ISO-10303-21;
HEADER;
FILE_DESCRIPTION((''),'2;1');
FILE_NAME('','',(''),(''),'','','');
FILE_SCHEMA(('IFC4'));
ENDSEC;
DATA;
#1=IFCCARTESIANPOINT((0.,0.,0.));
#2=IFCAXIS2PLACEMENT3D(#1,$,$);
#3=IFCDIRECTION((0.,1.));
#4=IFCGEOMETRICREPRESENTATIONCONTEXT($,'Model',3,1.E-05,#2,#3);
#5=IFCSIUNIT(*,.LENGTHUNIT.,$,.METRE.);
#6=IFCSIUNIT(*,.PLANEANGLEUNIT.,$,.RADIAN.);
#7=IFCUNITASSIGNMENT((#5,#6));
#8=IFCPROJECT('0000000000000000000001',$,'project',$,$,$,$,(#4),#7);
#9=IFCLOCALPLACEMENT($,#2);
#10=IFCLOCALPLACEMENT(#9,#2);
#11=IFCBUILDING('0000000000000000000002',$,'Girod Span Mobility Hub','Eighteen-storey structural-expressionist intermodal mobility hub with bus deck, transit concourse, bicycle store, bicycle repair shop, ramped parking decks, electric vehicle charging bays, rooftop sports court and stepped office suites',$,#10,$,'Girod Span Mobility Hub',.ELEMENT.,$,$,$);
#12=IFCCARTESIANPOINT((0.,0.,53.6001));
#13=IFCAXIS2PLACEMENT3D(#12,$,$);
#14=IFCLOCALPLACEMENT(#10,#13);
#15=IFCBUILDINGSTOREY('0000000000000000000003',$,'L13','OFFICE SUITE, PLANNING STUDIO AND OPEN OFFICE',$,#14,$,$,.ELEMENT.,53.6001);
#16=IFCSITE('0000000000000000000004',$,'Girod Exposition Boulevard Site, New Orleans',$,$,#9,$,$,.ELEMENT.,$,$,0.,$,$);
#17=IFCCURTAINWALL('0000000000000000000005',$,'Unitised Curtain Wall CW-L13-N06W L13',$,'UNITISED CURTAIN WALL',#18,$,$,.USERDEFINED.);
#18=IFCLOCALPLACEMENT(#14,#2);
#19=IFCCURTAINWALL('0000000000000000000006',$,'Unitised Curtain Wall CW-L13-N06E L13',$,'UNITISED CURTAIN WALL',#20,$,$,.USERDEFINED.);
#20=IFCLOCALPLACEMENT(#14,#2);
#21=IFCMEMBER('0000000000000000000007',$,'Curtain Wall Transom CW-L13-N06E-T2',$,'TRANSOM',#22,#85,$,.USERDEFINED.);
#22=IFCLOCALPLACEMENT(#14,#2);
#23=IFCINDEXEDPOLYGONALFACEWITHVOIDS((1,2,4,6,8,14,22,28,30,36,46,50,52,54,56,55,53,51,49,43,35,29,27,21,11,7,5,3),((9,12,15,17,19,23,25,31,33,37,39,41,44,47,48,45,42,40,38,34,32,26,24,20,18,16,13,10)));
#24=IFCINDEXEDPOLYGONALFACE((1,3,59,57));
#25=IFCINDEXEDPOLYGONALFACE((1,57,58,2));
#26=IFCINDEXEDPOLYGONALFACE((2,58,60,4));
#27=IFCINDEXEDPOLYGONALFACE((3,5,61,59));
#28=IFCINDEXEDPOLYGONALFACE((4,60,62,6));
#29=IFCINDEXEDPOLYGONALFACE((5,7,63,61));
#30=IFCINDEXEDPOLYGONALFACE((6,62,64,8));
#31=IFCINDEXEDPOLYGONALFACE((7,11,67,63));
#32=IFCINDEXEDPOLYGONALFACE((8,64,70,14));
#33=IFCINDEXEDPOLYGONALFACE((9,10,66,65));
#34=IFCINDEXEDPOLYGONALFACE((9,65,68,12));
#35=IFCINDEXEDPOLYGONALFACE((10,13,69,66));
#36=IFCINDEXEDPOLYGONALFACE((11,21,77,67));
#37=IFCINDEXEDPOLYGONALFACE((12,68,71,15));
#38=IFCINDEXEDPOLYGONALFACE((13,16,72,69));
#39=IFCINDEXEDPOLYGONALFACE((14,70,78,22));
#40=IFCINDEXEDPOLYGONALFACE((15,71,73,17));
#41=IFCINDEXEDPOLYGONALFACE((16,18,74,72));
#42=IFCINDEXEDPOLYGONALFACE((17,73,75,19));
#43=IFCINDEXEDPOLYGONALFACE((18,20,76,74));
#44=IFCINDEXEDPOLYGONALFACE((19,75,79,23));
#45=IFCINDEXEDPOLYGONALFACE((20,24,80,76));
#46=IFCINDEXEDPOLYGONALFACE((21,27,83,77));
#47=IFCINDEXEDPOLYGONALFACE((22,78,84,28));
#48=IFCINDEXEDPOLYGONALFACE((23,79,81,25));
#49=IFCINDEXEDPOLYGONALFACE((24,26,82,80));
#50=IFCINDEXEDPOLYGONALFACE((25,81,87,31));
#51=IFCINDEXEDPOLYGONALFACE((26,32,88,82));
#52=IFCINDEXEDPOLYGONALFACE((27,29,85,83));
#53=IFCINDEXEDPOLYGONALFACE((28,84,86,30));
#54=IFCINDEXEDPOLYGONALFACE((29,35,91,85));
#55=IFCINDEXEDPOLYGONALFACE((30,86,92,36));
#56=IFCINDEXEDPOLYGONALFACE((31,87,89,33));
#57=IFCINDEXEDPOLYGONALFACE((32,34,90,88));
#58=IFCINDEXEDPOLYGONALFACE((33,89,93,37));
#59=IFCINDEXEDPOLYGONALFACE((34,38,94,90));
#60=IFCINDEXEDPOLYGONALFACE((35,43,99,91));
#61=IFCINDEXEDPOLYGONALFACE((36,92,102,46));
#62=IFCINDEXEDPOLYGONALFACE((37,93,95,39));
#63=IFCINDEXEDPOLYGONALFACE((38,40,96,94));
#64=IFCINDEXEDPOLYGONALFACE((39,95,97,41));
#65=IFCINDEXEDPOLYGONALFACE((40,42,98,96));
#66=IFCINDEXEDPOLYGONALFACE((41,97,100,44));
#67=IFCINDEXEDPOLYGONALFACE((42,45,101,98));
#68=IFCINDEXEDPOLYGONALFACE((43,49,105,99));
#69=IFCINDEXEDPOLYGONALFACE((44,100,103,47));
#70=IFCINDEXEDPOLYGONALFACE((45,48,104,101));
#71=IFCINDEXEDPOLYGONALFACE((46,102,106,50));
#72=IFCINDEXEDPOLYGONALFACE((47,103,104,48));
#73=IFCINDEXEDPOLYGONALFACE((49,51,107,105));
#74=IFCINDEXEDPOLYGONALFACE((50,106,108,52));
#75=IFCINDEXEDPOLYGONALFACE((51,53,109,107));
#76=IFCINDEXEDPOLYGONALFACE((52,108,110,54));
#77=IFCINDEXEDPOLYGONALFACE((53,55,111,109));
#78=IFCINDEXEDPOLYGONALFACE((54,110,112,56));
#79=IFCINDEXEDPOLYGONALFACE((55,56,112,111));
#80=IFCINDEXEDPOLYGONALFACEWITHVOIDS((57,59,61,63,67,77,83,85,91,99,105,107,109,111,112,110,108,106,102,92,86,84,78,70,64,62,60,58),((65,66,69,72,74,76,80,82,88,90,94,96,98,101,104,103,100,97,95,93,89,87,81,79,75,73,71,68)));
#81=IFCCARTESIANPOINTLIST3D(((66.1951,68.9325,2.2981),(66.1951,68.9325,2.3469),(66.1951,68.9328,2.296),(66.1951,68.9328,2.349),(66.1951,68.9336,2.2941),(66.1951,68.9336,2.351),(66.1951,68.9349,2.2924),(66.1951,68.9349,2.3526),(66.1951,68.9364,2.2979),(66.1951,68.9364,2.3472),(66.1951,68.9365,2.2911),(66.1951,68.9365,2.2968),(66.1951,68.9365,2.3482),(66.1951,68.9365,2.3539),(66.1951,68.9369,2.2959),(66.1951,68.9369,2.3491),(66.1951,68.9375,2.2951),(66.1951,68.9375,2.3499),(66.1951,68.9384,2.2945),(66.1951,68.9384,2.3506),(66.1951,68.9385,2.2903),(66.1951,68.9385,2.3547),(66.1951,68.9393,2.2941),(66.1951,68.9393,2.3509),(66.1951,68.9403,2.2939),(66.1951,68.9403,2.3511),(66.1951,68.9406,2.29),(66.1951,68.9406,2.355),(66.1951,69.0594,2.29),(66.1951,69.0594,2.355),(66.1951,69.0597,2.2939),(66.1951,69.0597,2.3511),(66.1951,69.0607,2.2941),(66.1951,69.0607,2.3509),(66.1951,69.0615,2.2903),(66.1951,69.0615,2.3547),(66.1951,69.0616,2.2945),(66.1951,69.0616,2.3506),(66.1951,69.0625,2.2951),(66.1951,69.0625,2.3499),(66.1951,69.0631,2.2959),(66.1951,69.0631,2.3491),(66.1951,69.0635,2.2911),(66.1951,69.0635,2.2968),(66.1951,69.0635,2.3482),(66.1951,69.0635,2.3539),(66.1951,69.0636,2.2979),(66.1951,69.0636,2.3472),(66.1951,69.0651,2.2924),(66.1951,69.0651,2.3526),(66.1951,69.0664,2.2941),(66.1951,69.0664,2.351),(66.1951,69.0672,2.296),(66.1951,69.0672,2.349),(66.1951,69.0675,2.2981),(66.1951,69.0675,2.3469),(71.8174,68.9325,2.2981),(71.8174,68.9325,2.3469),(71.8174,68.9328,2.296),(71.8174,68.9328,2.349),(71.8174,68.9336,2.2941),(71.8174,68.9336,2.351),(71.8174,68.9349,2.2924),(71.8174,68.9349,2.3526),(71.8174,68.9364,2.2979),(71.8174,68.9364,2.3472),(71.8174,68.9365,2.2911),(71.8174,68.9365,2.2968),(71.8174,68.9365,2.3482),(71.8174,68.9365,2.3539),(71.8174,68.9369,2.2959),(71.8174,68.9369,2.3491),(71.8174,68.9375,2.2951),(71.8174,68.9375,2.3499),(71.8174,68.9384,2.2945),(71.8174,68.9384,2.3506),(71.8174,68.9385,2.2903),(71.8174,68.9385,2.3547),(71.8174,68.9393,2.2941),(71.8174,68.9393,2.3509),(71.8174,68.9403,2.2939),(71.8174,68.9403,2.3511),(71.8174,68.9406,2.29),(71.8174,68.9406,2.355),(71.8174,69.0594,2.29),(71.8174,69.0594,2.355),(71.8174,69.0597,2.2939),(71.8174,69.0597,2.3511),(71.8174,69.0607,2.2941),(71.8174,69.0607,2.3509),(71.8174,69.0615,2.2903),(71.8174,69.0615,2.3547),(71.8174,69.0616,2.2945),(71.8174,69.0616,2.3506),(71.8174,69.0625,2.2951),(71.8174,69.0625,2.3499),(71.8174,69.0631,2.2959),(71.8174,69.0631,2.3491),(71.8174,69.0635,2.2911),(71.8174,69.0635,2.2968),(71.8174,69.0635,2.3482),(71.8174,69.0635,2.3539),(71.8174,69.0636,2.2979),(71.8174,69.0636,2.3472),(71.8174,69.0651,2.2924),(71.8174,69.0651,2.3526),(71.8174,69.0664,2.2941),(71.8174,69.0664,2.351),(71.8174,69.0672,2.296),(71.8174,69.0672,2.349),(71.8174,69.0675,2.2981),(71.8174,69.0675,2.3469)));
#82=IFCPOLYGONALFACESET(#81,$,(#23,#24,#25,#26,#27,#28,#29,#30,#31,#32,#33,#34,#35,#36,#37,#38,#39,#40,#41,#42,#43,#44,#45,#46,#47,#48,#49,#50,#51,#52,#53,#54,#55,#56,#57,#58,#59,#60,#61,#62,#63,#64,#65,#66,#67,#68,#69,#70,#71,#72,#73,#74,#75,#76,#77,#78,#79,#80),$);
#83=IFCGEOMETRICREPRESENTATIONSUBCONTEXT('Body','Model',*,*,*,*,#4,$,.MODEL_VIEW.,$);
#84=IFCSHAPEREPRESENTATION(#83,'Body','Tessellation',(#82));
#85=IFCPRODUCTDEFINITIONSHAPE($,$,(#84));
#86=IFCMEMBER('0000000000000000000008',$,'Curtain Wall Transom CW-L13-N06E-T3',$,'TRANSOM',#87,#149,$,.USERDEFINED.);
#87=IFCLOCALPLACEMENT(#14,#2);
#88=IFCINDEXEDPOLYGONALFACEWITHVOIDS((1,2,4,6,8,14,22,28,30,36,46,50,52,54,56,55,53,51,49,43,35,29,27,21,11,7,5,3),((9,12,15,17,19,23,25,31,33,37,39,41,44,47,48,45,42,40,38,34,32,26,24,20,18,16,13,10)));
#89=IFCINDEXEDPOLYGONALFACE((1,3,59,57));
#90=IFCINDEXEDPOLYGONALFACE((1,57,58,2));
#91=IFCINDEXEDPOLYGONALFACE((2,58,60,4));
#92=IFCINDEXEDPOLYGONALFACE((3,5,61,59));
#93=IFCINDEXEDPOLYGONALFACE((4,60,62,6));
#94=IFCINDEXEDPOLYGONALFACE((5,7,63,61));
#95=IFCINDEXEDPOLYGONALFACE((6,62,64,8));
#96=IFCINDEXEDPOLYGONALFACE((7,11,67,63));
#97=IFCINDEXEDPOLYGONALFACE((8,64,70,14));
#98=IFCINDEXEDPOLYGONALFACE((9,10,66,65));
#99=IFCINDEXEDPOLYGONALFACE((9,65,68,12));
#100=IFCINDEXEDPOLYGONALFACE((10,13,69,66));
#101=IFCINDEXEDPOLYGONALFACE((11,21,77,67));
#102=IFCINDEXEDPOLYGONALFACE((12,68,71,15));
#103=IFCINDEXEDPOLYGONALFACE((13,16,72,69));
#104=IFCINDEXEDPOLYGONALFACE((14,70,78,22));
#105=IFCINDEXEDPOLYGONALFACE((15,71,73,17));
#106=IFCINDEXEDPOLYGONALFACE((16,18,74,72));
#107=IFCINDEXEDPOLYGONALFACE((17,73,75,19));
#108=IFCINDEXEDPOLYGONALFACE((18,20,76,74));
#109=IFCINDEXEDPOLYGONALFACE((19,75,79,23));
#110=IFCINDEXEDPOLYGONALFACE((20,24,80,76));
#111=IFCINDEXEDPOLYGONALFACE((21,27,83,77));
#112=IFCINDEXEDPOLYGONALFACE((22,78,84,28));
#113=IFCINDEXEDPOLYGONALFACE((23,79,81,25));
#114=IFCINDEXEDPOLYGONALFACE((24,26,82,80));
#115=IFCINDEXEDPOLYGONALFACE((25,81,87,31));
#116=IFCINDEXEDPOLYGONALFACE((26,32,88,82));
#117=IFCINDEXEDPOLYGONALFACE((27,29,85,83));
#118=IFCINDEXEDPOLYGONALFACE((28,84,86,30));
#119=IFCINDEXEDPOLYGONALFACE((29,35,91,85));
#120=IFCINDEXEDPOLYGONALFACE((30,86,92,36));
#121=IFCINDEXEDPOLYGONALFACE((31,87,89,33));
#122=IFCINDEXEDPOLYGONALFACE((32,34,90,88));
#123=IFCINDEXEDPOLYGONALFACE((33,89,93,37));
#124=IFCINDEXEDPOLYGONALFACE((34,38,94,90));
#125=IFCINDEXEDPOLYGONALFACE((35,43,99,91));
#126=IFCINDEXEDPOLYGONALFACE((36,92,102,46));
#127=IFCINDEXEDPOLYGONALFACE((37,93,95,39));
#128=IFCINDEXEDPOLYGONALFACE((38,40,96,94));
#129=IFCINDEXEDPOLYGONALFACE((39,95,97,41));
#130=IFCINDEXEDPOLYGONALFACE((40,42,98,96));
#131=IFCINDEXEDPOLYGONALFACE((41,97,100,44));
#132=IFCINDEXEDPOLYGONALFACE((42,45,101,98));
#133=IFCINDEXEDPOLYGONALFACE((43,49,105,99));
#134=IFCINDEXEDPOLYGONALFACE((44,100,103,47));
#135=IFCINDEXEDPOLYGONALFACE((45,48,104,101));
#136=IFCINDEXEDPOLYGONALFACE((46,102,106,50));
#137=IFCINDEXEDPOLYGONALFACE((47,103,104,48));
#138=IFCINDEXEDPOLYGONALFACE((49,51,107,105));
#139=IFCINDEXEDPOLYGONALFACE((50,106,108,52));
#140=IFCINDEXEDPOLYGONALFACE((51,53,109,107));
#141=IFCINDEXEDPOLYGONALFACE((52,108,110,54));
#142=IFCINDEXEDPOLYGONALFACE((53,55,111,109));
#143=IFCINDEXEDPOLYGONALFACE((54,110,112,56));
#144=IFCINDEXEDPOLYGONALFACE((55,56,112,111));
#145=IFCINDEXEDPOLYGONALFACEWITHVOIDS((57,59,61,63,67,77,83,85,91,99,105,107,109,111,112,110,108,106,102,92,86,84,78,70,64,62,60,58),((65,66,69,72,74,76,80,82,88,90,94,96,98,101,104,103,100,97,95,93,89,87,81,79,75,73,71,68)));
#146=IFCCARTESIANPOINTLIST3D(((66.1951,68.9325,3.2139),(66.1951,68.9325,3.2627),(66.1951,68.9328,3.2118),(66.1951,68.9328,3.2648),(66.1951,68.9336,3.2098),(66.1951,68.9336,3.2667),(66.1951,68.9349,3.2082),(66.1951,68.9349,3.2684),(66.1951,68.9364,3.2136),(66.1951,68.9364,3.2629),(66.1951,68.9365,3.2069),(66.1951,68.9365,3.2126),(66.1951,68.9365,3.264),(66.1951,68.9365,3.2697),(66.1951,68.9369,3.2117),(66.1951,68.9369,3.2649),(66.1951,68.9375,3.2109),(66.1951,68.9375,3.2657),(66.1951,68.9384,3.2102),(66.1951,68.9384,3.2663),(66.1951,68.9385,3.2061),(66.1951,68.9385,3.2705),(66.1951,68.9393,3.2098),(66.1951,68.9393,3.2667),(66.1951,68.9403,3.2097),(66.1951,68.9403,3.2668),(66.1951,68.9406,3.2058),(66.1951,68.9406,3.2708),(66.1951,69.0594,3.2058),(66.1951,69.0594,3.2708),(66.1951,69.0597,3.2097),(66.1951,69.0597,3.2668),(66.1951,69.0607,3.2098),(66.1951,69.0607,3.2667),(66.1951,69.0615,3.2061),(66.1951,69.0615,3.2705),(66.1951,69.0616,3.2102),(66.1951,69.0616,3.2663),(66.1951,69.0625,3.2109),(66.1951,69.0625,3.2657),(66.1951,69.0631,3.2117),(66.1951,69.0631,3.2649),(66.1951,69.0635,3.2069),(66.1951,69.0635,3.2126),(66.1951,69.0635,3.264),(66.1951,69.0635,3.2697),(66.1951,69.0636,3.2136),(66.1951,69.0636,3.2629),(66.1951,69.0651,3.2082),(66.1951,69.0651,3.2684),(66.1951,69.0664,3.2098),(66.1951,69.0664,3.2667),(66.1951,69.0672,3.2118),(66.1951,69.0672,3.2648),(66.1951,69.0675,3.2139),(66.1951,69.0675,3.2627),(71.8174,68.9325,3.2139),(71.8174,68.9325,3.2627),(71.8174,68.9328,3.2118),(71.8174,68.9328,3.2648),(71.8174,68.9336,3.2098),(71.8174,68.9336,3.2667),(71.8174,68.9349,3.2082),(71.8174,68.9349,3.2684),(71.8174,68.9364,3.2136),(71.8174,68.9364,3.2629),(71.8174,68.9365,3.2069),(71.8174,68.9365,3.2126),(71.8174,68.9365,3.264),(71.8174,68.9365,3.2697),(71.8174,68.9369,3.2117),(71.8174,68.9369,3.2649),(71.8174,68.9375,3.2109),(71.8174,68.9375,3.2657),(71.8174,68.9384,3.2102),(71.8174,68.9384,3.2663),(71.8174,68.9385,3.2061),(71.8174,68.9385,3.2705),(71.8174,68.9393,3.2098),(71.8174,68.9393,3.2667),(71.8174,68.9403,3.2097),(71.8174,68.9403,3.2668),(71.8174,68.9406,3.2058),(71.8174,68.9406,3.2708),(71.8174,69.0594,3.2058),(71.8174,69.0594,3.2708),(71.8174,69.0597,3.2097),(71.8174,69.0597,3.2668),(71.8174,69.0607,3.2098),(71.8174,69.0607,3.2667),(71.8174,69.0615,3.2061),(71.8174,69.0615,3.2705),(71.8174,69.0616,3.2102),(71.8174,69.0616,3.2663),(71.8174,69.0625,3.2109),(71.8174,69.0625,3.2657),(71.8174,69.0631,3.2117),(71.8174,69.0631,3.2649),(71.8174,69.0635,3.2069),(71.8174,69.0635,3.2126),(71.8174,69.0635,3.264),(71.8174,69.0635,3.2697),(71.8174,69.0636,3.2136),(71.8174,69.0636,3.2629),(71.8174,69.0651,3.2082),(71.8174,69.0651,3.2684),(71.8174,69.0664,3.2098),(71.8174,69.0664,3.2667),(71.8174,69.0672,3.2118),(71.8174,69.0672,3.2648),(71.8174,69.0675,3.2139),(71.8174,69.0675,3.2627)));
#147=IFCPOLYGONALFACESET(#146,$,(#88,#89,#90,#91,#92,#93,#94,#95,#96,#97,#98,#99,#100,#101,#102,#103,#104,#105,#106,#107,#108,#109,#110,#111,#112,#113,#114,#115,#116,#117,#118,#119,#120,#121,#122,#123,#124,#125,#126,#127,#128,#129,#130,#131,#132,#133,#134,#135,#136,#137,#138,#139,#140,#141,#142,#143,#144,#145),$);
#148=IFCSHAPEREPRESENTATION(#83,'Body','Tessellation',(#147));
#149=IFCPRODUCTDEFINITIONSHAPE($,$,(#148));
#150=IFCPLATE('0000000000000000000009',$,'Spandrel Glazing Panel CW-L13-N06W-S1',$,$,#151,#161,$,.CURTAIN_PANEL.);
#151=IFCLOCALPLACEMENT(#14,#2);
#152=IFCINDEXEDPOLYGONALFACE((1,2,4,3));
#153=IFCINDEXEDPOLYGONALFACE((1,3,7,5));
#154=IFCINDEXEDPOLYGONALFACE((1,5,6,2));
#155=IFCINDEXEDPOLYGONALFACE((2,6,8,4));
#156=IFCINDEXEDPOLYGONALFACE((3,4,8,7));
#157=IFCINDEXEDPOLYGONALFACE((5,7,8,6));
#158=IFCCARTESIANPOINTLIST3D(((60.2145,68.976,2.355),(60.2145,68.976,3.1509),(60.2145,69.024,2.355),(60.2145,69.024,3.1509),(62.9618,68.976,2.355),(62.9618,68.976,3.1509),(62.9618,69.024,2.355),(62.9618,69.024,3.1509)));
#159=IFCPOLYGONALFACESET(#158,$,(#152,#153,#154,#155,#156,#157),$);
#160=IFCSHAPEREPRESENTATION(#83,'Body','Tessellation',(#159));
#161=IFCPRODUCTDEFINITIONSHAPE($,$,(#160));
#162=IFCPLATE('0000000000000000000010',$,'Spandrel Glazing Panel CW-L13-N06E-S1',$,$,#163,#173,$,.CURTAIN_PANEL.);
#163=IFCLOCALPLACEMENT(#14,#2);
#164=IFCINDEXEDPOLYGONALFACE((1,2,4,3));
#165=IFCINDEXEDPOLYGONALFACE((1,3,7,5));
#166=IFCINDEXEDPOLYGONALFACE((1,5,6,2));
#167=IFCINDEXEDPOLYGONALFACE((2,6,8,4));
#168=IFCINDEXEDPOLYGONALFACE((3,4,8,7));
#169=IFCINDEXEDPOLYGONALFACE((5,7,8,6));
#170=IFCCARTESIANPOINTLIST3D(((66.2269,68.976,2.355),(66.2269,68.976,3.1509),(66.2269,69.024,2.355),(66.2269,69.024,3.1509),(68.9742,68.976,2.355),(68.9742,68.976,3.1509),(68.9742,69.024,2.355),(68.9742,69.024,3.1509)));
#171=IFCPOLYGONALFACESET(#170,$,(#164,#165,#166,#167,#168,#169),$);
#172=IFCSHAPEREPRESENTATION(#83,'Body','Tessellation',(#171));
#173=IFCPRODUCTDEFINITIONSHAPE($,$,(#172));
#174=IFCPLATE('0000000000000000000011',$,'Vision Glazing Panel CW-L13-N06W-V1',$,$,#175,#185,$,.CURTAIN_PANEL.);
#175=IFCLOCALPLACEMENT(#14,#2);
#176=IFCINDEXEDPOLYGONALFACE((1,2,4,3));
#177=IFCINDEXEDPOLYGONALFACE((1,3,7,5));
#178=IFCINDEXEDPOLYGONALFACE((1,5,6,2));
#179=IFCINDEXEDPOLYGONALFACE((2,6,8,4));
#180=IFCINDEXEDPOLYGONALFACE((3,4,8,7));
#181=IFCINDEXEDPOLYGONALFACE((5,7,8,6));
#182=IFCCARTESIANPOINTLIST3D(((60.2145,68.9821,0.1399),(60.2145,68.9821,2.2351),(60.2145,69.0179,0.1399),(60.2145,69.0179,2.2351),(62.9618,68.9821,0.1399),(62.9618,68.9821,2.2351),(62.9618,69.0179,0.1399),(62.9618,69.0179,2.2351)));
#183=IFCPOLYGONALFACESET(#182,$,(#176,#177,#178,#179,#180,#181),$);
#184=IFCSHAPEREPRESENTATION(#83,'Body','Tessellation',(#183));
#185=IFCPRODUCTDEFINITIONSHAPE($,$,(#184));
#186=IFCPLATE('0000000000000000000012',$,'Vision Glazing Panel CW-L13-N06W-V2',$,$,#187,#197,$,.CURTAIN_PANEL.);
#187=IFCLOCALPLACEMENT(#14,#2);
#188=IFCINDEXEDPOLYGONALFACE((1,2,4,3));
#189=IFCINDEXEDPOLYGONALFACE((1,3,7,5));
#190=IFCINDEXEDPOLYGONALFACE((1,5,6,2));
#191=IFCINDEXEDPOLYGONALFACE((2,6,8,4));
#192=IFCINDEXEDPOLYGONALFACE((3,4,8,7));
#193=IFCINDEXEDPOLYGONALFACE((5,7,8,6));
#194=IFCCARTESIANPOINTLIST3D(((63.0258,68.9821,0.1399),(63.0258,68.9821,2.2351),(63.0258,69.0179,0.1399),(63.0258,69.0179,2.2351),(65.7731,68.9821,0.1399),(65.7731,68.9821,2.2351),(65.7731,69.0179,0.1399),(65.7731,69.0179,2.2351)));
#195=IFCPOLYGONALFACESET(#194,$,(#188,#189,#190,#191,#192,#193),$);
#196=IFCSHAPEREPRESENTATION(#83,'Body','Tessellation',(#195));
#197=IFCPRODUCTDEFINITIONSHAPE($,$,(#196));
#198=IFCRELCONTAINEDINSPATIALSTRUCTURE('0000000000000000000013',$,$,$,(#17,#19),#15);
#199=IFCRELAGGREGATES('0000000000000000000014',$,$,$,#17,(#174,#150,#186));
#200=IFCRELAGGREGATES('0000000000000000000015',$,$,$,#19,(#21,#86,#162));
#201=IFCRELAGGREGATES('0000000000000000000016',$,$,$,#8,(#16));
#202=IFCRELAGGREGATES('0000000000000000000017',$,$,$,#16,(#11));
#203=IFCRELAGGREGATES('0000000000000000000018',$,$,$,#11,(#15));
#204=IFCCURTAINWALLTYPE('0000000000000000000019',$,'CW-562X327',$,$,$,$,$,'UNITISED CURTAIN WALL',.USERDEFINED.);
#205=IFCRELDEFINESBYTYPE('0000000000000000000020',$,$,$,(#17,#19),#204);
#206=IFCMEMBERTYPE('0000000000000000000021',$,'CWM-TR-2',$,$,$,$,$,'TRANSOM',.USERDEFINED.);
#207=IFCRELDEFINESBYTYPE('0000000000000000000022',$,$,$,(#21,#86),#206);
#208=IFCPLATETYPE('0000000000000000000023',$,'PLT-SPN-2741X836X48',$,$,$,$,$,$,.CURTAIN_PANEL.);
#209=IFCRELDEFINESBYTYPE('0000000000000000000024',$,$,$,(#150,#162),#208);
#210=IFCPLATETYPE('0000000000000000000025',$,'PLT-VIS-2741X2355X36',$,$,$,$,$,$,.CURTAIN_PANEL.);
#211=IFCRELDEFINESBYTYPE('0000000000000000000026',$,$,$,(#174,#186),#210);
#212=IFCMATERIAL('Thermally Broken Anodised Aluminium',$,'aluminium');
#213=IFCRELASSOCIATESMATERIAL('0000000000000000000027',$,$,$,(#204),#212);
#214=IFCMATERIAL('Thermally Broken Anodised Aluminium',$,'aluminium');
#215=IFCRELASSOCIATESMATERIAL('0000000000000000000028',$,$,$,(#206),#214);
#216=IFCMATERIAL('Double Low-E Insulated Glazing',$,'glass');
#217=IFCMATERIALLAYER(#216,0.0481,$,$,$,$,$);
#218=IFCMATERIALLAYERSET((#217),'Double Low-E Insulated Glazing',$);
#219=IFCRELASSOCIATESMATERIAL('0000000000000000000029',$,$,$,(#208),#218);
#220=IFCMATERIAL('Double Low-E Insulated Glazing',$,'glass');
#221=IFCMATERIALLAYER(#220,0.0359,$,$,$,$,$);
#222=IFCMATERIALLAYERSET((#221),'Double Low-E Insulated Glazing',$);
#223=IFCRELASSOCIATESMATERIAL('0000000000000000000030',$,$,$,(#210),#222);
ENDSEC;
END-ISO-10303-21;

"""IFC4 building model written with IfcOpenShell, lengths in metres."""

from ifc_helpers import new_model, si_unit, direction, frame, origin, origin_2d, place, context, subcontext, project, spatial, rectangle, hollow_rectangle, extrude, material, layer, layer_set, material_profile, profile_set, type_object, element, aggregate, save


model = new_model("IFC4")

# Units and contexts
model_context = context("Model", 3, precision=1e-05, world=origin(), true_north=direction((0.0, 1.0)))
body_context = subcontext(model_context, "Body", "Model", "MODEL_VIEW")
ifc_project = project(units=[si_unit("LENGTHUNIT", "METRE"), si_unit("PLANEANGLEUNIT", "RADIAN")], contexts=[model_context])

# Site, building, storey
site_placement = place(None, origin())
site = spatial("IfcSite", under=ifc_project, at=site_placement, Name="Girod Exposition Boulevard Site, New Orleans", CompositionType="ELEMENT", RefElevation=0.0)
building_placement = place(site_placement, origin())
building = spatial("IfcBuilding", under=site, at=building_placement, Name="Girod Span Mobility Hub", Description="Eighteen-storey structural-expressionist intermodal mobility hub with bus deck, transit concourse, bicycle store, bicycle repair shop, ramped parking decks, electric vehicle charging bays, rooftop sports court and stepped office suites", LongName="Girod Span Mobility Hub", CompositionType="ELEMENT")
storey_placement = place(building_placement, frame((0.0, 0.0, 53.6001)))
storey = spatial("IfcBuildingStorey", under=building, at=storey_placement, Name="L13", Description="OFFICE SUITE, PLANNING STUDIO AND OPEN OFFICE", CompositionType="ELEMENT", Elevation=53.6001)

# Curtain walls
ifc_material_1 = material(Name="Thermally Broken Anodised Aluminium", Category="aluminium")
curtain_wall_type = type_object("IfcCurtainWallType", Name="CW-562X327", ElementType="UNITISED CURTAIN WALL", PredefinedType="USERDEFINED", material=ifc_material_1)
curtain_wall_1_placement = place(storey_placement, origin())
curtain_wall_1 = element("IfcCurtainWall", 1, at=curtain_wall_1_placement, inside=storey, type_object=curtain_wall_type, Name="Unitised Curtain Wall CW-L13-N06W L13", ObjectType="UNITISED CURTAIN WALL", PredefinedType="USERDEFINED")
curtain_wall_2_placement = place(storey_placement, origin())
curtain_wall_2 = element("IfcCurtainWall", 2, at=curtain_wall_2_placement, inside=storey, type_object=curtain_wall_type, Name="Unitised Curtain Wall CW-L13-N06E L13", ObjectType="UNITISED CURTAIN WALL", PredefinedType="USERDEFINED")

# Members
ifc_material_2 = material(Name="Thermally Broken Anodised Aluminium", Category="aluminium")
ifc_material_profile_1 = material_profile(ifc_material_2, hollow_rectangle(XDim=0.135, YDim=0.0649, WallThickness=0.0039, InnerFilletRadius=0.0039, OuterFilletRadius=0.0081, at=origin_2d()), Name="CW-TR-65X135")
ifc_profile_set_1 = profile_set([ifc_material_profile_1], Name="Thermally Broken Anodised Aluminium")
member_type_1 = type_object("IfcMemberType", Name="CWM-TR-2", ElementType="TRANSOM", PredefinedType="USERDEFINED", material=ifc_profile_set_1)
member_1_placement = place(storey_placement, frame((66.1951, 69.0, 2.3225), z_axis=(1.0, 0.0, 0.0), x_axis=(0.0, 1.0, 0.0)))
member_1 = element("IfcMember", 3, at=member_1_placement, type_object=member_type_1, Name="Curtain Wall Transom CW-L13-N06E-T2", ObjectType="TRANSOM", PredefinedType="USERDEFINED", context=body_context, shape_type="SweptSolid", body=[
    extrude(hollow_rectangle(XDim=0.135, YDim=0.0649, WallThickness=0.0039, InnerFilletRadius=0.0039, OuterFilletRadius=0.0081, at=origin_2d()), origin(), (0.0, 0.0, 1.0), 5.6223),
])
member_2_placement = place(storey_placement, frame((66.1951, 69.0, 3.2383), z_axis=(1.0, 0.0, 0.0), x_axis=(0.0, 1.0, 0.0)))
member_2 = element("IfcMember", 4, at=member_2_placement, type_object=member_type_1, Name="Curtain Wall Transom CW-L13-N06E-T3", ObjectType="TRANSOM", PredefinedType="USERDEFINED", context=body_context, shape_type="SweptSolid", body=[
    extrude(hollow_rectangle(XDim=0.135, YDim=0.0649, WallThickness=0.0039, InnerFilletRadius=0.0039, OuterFilletRadius=0.0081, at=origin_2d()), origin(), (0.0, 0.0, 1.0), 5.6223),
])

# Plates
ifc_material_3 = material(Name="Double Low-E Insulated Glazing", Category="glass")
ifc_layer_1 = layer(ifc_material_3, 0.0481)
ifc_layer_set_1 = layer_set([ifc_layer_1], Name="Double Low-E Insulated Glazing")
plate_type_1 = type_object("IfcPlateType", Name="PLT-SPN-2741X836X48", PredefinedType="CURTAIN_PANEL", material=ifc_layer_set_1)
plate_1_placement = place(storey_placement, frame((61.5881, 69.0, 2.355), z_axis=(0.0, 0.0, 1.0), x_axis=(1.0, 0.0, 0.0)))
plate_1 = element("IfcPlate", 5, at=plate_1_placement, type_object=plate_type_1, Name="Spandrel Glazing Panel CW-L13-N06W-S1", PredefinedType="CURTAIN_PANEL", context=body_context, shape_type="SweptSolid", body=[
    extrude(rectangle(XDim=2.7473, YDim=0.0481, at=origin_2d()), origin(), (0.0, 0.0, 1.0), 0.7959),
])
plate_2_placement = place(storey_placement, frame((67.6006, 69.0, 2.355), z_axis=(0.0, 0.0, 1.0), x_axis=(1.0, 0.0, 0.0)))
plate_2 = element("IfcPlate", 6, at=plate_2_placement, type_object=plate_type_1, Name="Spandrel Glazing Panel CW-L13-N06E-S1", PredefinedType="CURTAIN_PANEL", context=body_context, shape_type="SweptSolid", body=[
    extrude(rectangle(XDim=2.7473, YDim=0.0481, at=origin_2d()), origin(), (0.0, 0.0, 1.0), 0.7959),
])
ifc_material_4 = material(Name="Double Low-E Insulated Glazing", Category="glass")
ifc_layer_2 = layer(ifc_material_4, 0.0359)
ifc_layer_set_2 = layer_set([ifc_layer_2], Name="Double Low-E Insulated Glazing")
plate_type_2 = type_object("IfcPlateType", Name="PLT-VIS-2741X2355X36", PredefinedType="CURTAIN_PANEL", material=ifc_layer_set_2)
plate_3_placement = place(storey_placement, frame((61.5881, 69.0, 0.1399), z_axis=(0.0, 0.0, 1.0), x_axis=(1.0, 0.0, 0.0)))
plate_3 = element("IfcPlate", 7, at=plate_3_placement, type_object=plate_type_2, Name="Vision Glazing Panel CW-L13-N06W-V1", PredefinedType="CURTAIN_PANEL", context=body_context, shape_type="SweptSolid", body=[
    extrude(rectangle(XDim=2.7473, YDim=0.0359, at=origin_2d()), origin(), (0.0, 0.0, 1.0), 2.0952),
])
plate_4_placement = place(storey_placement, frame((64.3994, 69.0, 0.1399), z_axis=(0.0, 0.0, 1.0), x_axis=(1.0, 0.0, 0.0)))
plate_4 = element("IfcPlate", 8, at=plate_4_placement, type_object=plate_type_2, Name="Vision Glazing Panel CW-L13-N06W-V2", PredefinedType="CURTAIN_PANEL", context=body_context, shape_type="SweptSolid", body=[
    extrude(rectangle(XDim=2.7473, YDim=0.0359, at=origin_2d()), origin(), (0.0, 0.0, 1.0), 2.0952),
])
aggregate(curtain_wall_1, [plate_3, plate_1, plate_4])
aggregate(curtain_wall_2, [member_1, member_2, plate_2])

save(model, "model.ifc")
